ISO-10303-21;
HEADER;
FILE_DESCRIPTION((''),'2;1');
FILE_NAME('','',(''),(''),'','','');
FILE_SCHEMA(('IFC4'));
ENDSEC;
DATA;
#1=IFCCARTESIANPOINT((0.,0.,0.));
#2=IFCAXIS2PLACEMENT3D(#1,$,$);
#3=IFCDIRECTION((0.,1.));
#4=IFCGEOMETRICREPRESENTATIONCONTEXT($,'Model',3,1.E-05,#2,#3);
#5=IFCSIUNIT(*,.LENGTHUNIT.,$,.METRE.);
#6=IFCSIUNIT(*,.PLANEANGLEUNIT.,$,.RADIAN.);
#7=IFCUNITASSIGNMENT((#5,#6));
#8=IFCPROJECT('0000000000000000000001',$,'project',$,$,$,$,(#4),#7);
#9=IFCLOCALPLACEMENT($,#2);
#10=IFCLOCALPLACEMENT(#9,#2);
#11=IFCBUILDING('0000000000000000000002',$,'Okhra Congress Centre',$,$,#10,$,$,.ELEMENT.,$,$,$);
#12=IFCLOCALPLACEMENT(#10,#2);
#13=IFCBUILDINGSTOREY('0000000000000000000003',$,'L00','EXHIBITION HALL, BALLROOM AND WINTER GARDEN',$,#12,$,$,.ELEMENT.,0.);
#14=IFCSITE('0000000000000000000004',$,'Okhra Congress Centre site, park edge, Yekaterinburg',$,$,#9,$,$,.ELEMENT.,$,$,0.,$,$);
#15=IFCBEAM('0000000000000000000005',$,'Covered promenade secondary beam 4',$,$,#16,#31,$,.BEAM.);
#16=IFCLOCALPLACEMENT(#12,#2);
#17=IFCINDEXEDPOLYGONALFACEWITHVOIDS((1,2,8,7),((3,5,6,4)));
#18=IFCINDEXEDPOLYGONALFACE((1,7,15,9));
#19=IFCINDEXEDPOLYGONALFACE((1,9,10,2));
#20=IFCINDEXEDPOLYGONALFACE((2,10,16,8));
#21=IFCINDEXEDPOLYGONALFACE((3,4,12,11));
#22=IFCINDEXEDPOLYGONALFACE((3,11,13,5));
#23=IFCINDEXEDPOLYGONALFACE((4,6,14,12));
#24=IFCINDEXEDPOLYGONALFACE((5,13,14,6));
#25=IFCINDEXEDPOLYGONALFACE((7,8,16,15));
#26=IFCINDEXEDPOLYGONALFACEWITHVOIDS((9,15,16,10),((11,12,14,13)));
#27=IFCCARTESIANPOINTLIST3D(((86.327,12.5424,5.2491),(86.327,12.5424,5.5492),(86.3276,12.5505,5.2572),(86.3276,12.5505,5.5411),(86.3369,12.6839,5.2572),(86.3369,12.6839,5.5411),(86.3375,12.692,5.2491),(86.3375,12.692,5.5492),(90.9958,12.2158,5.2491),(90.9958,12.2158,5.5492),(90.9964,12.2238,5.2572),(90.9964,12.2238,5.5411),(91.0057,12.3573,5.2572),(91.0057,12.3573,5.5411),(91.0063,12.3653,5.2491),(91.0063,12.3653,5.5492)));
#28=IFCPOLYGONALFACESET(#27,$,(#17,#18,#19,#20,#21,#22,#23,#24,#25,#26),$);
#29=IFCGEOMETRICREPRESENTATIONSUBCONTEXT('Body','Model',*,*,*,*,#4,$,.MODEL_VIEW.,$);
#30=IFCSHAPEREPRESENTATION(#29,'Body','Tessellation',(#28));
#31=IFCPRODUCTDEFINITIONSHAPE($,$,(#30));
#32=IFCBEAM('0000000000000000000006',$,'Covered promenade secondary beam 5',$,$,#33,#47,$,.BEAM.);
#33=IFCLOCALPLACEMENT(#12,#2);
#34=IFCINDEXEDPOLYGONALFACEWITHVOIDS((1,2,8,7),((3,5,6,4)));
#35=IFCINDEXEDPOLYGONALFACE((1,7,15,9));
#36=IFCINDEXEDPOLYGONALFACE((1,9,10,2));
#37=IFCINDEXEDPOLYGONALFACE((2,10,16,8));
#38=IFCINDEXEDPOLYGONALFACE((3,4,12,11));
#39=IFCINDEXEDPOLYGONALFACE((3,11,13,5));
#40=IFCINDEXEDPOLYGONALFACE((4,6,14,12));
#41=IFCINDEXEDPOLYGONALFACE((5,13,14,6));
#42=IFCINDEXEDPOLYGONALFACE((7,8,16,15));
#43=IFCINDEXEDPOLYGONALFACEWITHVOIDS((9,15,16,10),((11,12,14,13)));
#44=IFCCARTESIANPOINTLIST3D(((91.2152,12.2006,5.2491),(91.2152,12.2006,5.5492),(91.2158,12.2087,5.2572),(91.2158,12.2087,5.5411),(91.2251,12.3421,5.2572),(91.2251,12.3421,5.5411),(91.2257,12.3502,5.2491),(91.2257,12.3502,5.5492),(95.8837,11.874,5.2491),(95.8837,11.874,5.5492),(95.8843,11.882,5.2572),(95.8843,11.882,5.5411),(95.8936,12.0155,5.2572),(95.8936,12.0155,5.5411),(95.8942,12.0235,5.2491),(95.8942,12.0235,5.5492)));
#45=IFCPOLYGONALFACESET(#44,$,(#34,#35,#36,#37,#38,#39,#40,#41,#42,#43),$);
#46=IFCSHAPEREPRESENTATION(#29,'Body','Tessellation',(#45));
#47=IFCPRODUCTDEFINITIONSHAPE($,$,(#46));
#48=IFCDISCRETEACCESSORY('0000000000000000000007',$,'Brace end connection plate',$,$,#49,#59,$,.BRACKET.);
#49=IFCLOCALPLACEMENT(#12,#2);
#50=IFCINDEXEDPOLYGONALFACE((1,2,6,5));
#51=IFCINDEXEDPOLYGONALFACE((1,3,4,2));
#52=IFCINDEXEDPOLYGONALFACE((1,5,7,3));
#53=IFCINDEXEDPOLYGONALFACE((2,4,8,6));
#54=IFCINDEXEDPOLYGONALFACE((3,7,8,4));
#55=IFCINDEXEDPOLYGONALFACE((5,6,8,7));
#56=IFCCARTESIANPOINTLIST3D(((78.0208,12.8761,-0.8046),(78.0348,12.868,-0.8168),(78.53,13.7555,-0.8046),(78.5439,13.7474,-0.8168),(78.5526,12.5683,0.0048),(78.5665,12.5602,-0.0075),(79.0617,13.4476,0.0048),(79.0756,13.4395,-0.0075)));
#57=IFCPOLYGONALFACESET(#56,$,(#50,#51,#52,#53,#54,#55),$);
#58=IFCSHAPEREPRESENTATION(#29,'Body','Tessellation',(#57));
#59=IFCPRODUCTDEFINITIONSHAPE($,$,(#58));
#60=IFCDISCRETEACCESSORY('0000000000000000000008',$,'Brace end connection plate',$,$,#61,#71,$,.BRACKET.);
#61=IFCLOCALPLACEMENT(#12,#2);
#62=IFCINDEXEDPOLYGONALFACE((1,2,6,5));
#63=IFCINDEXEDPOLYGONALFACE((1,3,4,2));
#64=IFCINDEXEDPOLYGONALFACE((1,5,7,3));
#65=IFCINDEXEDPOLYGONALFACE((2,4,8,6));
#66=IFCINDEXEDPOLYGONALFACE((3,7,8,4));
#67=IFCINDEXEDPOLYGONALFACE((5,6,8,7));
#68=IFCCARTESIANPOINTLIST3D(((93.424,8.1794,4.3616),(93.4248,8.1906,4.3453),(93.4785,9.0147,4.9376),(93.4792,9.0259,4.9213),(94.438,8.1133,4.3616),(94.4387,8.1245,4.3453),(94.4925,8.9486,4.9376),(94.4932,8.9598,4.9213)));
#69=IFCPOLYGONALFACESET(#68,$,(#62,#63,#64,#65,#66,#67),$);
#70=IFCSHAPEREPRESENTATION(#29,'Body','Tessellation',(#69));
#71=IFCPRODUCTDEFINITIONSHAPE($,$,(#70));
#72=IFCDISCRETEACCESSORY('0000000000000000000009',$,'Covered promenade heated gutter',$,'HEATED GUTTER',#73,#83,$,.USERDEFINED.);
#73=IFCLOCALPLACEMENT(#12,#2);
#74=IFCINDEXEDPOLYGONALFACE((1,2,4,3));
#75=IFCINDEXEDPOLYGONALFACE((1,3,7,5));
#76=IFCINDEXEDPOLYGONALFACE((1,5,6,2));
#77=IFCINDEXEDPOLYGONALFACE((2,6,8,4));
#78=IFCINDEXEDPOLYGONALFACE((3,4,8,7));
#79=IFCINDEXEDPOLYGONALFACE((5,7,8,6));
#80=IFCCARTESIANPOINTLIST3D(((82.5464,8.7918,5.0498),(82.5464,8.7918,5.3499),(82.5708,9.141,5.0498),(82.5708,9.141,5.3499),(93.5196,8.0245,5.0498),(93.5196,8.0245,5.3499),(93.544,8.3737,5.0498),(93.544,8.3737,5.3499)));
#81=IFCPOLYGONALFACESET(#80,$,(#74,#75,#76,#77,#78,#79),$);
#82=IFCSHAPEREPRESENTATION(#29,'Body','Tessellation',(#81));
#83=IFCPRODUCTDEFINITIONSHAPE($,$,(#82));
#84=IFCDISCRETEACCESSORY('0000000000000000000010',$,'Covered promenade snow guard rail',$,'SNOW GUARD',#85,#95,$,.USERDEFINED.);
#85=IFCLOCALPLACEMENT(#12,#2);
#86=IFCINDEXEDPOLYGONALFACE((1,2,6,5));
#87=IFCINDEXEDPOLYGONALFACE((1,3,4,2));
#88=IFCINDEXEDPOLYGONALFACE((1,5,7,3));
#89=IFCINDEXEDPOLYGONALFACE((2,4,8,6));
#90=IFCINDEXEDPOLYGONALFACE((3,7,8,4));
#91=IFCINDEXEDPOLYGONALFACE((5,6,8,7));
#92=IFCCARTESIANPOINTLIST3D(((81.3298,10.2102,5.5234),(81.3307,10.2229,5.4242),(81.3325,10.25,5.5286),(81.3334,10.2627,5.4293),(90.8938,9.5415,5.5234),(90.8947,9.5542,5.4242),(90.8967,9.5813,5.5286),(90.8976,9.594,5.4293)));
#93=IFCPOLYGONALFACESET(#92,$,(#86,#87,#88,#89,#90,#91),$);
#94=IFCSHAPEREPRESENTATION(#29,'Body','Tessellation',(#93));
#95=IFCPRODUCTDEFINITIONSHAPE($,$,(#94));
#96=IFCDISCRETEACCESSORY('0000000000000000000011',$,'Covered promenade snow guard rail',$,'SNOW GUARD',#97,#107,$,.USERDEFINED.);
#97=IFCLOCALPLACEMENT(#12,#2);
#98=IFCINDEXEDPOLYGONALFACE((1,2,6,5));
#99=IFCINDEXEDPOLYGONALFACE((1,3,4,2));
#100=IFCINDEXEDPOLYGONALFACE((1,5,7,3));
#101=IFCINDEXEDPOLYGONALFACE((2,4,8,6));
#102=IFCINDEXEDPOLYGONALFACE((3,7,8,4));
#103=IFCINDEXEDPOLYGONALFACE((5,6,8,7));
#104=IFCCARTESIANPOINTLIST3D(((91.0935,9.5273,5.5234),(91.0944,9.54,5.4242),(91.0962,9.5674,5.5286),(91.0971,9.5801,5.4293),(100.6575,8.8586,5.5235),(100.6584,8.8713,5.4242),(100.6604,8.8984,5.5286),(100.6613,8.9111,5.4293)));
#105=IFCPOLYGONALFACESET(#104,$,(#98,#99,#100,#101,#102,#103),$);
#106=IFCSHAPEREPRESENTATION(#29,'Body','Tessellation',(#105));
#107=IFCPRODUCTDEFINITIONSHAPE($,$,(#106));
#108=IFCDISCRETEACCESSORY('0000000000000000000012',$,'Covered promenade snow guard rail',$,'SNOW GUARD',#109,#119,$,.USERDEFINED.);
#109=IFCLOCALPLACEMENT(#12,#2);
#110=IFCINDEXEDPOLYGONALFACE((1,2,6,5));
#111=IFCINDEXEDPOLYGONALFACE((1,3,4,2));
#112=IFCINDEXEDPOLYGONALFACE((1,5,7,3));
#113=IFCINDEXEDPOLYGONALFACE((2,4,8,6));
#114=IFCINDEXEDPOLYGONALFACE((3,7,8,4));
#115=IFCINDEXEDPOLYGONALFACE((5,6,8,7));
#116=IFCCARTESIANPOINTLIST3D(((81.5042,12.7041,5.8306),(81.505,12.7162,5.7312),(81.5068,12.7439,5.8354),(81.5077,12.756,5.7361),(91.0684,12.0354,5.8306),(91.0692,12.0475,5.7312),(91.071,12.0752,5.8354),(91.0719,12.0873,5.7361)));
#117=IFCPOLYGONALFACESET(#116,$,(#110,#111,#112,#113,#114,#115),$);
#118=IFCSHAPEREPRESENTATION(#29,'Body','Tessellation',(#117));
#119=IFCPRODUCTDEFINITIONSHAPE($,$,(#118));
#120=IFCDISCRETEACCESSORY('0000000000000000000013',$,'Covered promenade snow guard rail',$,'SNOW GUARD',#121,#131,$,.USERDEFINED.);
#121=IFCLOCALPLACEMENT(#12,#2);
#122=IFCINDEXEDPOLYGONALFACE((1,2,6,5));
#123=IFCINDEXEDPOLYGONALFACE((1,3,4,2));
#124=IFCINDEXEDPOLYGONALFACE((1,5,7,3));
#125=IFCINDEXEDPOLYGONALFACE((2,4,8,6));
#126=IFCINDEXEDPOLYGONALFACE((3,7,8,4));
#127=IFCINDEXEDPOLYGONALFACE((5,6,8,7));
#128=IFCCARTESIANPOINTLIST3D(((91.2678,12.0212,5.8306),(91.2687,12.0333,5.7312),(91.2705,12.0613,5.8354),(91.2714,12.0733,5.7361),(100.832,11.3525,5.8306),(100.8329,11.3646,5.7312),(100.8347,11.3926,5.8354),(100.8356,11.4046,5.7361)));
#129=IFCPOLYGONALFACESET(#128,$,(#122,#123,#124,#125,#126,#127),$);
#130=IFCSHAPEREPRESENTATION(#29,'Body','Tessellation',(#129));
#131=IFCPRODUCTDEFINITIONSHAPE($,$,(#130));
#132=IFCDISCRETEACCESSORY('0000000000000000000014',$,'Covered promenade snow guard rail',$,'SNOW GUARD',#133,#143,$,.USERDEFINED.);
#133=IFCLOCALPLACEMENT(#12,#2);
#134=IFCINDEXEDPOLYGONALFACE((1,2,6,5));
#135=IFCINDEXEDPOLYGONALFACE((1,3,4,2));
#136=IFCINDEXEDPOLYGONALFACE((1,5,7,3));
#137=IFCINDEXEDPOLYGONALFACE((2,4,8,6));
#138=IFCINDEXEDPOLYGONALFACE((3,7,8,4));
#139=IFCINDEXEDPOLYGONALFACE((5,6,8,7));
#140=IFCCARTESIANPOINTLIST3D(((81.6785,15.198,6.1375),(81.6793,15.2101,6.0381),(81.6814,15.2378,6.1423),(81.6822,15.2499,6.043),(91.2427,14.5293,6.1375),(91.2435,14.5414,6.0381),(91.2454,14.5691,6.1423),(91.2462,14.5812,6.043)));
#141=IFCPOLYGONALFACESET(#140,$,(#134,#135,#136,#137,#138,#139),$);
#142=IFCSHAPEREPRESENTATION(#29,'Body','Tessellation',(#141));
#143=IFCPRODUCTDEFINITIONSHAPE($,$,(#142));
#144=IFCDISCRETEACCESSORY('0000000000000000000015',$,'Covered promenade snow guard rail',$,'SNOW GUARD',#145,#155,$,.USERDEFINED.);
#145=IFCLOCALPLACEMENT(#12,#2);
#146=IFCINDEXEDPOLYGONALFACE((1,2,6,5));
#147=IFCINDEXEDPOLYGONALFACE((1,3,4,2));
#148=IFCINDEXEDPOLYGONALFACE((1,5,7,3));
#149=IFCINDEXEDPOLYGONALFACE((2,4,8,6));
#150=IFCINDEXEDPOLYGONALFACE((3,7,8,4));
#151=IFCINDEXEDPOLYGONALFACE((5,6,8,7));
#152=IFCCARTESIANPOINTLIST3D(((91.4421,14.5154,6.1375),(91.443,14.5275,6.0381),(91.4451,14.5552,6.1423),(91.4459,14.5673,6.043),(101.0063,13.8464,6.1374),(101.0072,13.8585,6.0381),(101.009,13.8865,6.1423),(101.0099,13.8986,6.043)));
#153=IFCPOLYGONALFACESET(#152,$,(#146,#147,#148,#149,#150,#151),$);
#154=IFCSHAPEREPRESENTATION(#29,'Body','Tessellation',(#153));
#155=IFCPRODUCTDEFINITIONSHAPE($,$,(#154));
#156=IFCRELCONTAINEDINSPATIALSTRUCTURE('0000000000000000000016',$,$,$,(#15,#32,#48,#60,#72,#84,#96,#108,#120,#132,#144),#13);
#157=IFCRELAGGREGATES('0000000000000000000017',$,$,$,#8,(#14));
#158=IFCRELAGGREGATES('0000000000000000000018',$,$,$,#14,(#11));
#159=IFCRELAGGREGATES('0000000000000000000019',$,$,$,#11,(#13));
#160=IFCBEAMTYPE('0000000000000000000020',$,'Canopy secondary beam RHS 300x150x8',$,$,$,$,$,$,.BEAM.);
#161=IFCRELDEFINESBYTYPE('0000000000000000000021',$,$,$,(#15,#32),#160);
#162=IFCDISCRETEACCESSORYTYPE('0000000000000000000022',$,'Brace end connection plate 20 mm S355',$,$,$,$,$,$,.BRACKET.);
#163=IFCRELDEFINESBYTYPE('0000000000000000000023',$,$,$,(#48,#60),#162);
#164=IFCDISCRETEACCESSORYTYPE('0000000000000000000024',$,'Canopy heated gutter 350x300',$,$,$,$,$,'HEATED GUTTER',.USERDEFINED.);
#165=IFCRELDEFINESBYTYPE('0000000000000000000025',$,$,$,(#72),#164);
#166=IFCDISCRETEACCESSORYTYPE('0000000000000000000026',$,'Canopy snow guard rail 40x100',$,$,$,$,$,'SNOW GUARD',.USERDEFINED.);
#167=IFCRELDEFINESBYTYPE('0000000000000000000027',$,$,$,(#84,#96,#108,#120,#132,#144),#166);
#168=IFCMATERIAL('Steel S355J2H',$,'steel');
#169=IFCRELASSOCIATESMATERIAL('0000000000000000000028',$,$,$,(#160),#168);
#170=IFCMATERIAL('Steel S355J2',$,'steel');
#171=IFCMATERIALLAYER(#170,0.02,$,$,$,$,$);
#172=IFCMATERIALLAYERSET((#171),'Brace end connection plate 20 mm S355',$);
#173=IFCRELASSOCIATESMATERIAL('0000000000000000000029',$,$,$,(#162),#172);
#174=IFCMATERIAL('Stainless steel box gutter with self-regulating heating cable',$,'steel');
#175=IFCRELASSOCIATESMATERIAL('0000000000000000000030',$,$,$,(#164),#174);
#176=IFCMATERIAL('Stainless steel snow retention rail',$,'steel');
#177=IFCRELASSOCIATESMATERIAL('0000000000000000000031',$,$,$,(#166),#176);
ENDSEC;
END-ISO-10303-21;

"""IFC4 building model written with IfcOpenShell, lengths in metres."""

from ifc_helpers import new_model, si_unit, direction, frame, origin, origin_2d, place, context, subcontext, project, spatial, polyline, rectangle, hollow_rectangle, outline, extrude, material, layer, layer_set, material_profile, profile_set, type_object, element, save


model = new_model("IFC4")

# Units and contexts
model_context = context("Model", 3, precision=1e-05, world=origin(), true_north=direction((0.0, 1.0)))
body_context = subcontext(model_context, "Body", "Model", "MODEL_VIEW")
ifc_project = project(units=[si_unit("LENGTHUNIT", "METRE"), si_unit("PLANEANGLEUNIT", "RADIAN")], contexts=[model_context])

# Site, building, storey
site_placement = place(None, origin())
site = spatial("IfcSite", under=ifc_project, at=site_placement, Name="Okhra Congress Centre site, park edge, Yekaterinburg", CompositionType="ELEMENT", RefElevation=0.0)
building_placement = place(site_placement, origin())
building = spatial("IfcBuilding", under=site, at=building_placement, Name="Okhra Congress Centre", CompositionType="ELEMENT")
storey_placement = place(building_placement, origin())
storey = spatial("IfcBuildingStorey", under=building, at=storey_placement, Name="L00", Description="EXHIBITION HALL, BALLROOM AND WINTER GARDEN", CompositionType="ELEMENT", Elevation=0.0)

# Shared definitions
ifc_material_1 = material(Name="Steel S355J2H", Category="steel")

# Beams
ifc_material_profile_1 = material_profile(ifc_material_1, hollow_rectangle(XDim=0.1499, YDim=0.3, WallThickness=0.0081, at=origin_2d()), Name="RHS 300x150x8")
ifc_profile_set_1 = profile_set([ifc_material_profile_1], Name="Steel S355J2H")
beam_type_1 = type_object("IfcBeamType", Name="Canopy secondary beam RHS 300x150x8", PredefinedType="BEAM", material=ifc_profile_set_1)
beam_1_placement = place(storey_placement, frame((86.3323, 12.6172, 5.3992), z_axis=(0.997561, -0.069797, 0.0), x_axis=(0.069797, 0.997561, 0.0)))
element("IfcBeam", 1, at=beam_1_placement, inside=storey, type_object=beam_type_1, Name="Covered promenade secondary beam 4", PredefinedType="BEAM", context=body_context, shape_type="SweptSolid", body=[
    extrude(hollow_rectangle(XDim=0.1499, YDim=0.3, WallThickness=0.0081, at=origin_2d()), origin(), (0.0, 0.0, 1.0), 4.6802),
])
beam_2_placement = place(storey_placement, frame((91.2205, 12.2754, 5.3992), z_axis=(0.997561, -0.069801, 0.0), x_axis=(0.069801, 0.997561, 0.0)))
element("IfcBeam", 2, at=beam_2_placement, inside=storey, type_object=beam_type_1, Name="Covered promenade secondary beam 5", PredefinedType="BEAM", context=body_context, shape_type="SweptSolid", body=[
    extrude(hollow_rectangle(XDim=0.1499, YDim=0.3, WallThickness=0.0081, at=origin_2d()), origin(), (0.0, 0.0, 1.0), 4.6799),
])

# Discrete accessories
ifc_material_2 = material(Name="Steel S355J2", Category="steel")
ifc_layer = layer(ifc_material_2, 0.02)
ifc_layer_set = layer_set([ifc_layer], Name="Brace end connection plate 20 mm S355")
discrete_accessory_type_1 = type_object("IfcDiscreteAccessoryType", Name="Brace end connection plate 20 mm S355", PredefinedType="BRACKET", material=ifc_layer_set)
discrete_accessory_1_placement = place(storey_placement, frame((78.5413, 13.1619, -0.3999), z_axis=(0.689303, -0.39907, -0.604652), x_axis=(0.501036, 0.865426, 0.0)))
element("IfcDiscreteAccessory", 3, at=discrete_accessory_1_placement, inside=storey, type_object=discrete_accessory_type_1, Name="Brace end connection plate", PredefinedType="BRACKET", context=body_context, shape_type="SweptSolid", body=[
    extrude(rectangle(XDim=1.0161, YDim=1.0161, at=origin_2d()), origin(), (0.0, 0.0, 1.0), 0.0203),
])
discrete_accessory_2_placement = place(storey_placement, frame((93.959, 8.5752, 4.6333), z_axis=(-0.036888, -0.565621, 0.82384), x_axis=(0.99788, -0.065079, 0.0)))
element("IfcDiscreteAccessory", 4, at=discrete_accessory_2_placement, inside=storey, type_object=discrete_accessory_type_1, Name="Brace end connection plate", PredefinedType="BRACKET", context=body_context, shape_type="SweptSolid", body=[
    extrude(rectangle(XDim=1.0161, YDim=1.0161, at=origin_2d()), origin(), (0.0, 0.0, 1.0), 0.0198),
])
ifc_material_3 = material(Name="Stainless steel box gutter with self-regulating heating cable", Category="steel")
discrete_accessory_type_2 = type_object("IfcDiscreteAccessoryType", Name="Canopy heated gutter 350x300", ElementType="HEATED GUTTER", PredefinedType="USERDEFINED", material=ifc_material_3)
discrete_accessory_3_placement = place(storey_placement, frame((88.0452, 8.5828, 5.0498), z_axis=(0.0, 0.0, 1.0), x_axis=(0.997564, -0.069756, 0.0)))
element("IfcDiscreteAccessory", 5, at=discrete_accessory_3_placement, inside=storey, type_object=discrete_accessory_type_2, Name="Covered promenade heated gutter", ObjectType="HEATED GUTTER", PredefinedType="USERDEFINED", context=body_context, shape_type="SweptSolid", body=[
    extrude(rectangle(XDim=11.0, YDim=0.3501, at=origin_2d()), origin(), (0.0, 0.0, 1.0), 0.3),
])
ifc_material_4 = material(Name="Stainless steel snow retention rail", Category="steel")
discrete_accessory_type_3 = type_object("IfcDiscreteAccessoryType", Name="Canopy snow guard rail 40x100", ElementType="SNOW GUARD", PredefinedType="USERDEFINED", material=ifc_material_4)
discrete_accessory_4_placement = place(storey_placement, frame((81.3298, 10.2102, 5.5234), z_axis=(-0.00889, -0.127156, 0.991843), x_axis=(0.997565, -0.069749, 0.0)))
element("IfcDiscreteAccessory", 6, at=discrete_accessory_4_placement, inside=storey, type_object=discrete_accessory_type_3, Name="Covered promenade snow guard rail", ObjectType="SNOW GUARD", PredefinedType="USERDEFINED", context=body_context, shape_type="SweptSolid", body=[
    extrude(outline(polyline([(0.0, 0.0), (9.5873, 0.0), (9.5875, 0.0402), (-0.0001, 0.0402), (0.0, 0.0)])), origin(), (0.0, 0.0, -1.0), 0.1001),
])
discrete_accessory_5_placement = place(storey_placement, frame((91.0935, 9.5273, 5.5234), z_axis=(-0.008865, -0.126775, 0.991892), x_axis=(0.997565, -0.069749, 0.000001)))
element("IfcDiscreteAccessory", 7, at=discrete_accessory_5_placement, inside=storey, type_object=discrete_accessory_type_3, Name="Covered promenade snow guard rail", ObjectType="SNOW GUARD", PredefinedType="USERDEFINED", context=body_context, shape_type="SweptSolid", body=[
    extrude(outline(polyline([(0.0, 0.0), (9.5873, 0.0), (9.5875, 0.0402), (-0.0001, 0.0405), (0.0, 0.0)])), origin(), (0.0, 0.0, -1.0), 0.1001),
])
discrete_accessory_6_placement = place(storey_placement, frame((81.5042, 12.7041, 5.8306), z_axis=(-0.008475, -0.121218, 0.99259), x_axis=(0.997565, -0.069747, 0.0)))
element("IfcDiscreteAccessory", 8, at=discrete_accessory_6_placement, inside=storey, type_object=discrete_accessory_type_3, Name="Covered promenade snow guard rail", ObjectType="SNOW GUARD", PredefinedType="USERDEFINED", context=body_context, shape_type="SweptSolid", body=[
    extrude(outline(polyline([(0.0, 0.0), (9.5876, 0.0), (9.5875, 0.0402), (-0.0001, 0.0402), (0.0, 0.0)])), origin(), (0.0, 0.0, -1.0), 0.1001),
])
discrete_accessory_7_placement = place(storey_placement, frame((91.2678, 12.0212, 5.8306), z_axis=(-0.008425, -0.120493, 0.992678), x_axis=(0.997565, -0.069747, 0.0)))
element("IfcDiscreteAccessory", 9, at=discrete_accessory_7_placement, inside=storey, type_object=discrete_accessory_type_3, Name="Covered promenade snow guard rail", ObjectType="SNOW GUARD", PredefinedType="USERDEFINED", context=body_context, shape_type="SweptSolid", body=[
    extrude(outline(polyline([(0.0, 0.0), (9.5876, 0.0), (9.5874, 0.0404), (-0.0001, 0.0404), (0.0, 0.0)])), origin(), (0.0, 0.0, -1.0), 0.1001),
])
discrete_accessory_8_placement = place(storey_placement, frame((81.6785, 15.198, 6.1375), z_axis=(-0.008474, -0.121193, 0.992593), x_axis=(0.997565, -0.069747, 0.0)))
element("IfcDiscreteAccessory", 10, at=discrete_accessory_8_placement, inside=storey, type_object=discrete_accessory_type_3, Name="Covered promenade snow guard rail", ObjectType="SNOW GUARD", PredefinedType="USERDEFINED", context=body_context, shape_type="SweptSolid", body=[
    extrude(outline(polyline([(0.0, 0.0), (9.5876, 0.0), (9.5875, 0.0402), (0.0001, 0.0402), (0.0, 0.0)])), origin(), (0.0, 0.0, -1.0), 0.1001),
])
discrete_accessory_9_placement = place(storey_placement, frame((91.4421, 14.5154, 6.1375), z_axis=(-0.00845, -0.120829, 0.992637), x_axis=(0.997563, -0.069772, -0.000001)))
element("IfcDiscreteAccessory", 11, at=discrete_accessory_9_placement, inside=storey, type_object=discrete_accessory_type_3, Name="Covered promenade snow guard rail", ObjectType="SNOW GUARD", PredefinedType="USERDEFINED", context=body_context, shape_type="SweptSolid", body=[
    extrude(outline(polyline([(0.0, 0.0), (9.5876, 0.0), (9.5875, 0.0404), (0.0001, 0.0402), (0.0, 0.0)])), origin(), (0.0, 0.0, -1.0), 0.1001),
])

save(model, "model.ifc")
